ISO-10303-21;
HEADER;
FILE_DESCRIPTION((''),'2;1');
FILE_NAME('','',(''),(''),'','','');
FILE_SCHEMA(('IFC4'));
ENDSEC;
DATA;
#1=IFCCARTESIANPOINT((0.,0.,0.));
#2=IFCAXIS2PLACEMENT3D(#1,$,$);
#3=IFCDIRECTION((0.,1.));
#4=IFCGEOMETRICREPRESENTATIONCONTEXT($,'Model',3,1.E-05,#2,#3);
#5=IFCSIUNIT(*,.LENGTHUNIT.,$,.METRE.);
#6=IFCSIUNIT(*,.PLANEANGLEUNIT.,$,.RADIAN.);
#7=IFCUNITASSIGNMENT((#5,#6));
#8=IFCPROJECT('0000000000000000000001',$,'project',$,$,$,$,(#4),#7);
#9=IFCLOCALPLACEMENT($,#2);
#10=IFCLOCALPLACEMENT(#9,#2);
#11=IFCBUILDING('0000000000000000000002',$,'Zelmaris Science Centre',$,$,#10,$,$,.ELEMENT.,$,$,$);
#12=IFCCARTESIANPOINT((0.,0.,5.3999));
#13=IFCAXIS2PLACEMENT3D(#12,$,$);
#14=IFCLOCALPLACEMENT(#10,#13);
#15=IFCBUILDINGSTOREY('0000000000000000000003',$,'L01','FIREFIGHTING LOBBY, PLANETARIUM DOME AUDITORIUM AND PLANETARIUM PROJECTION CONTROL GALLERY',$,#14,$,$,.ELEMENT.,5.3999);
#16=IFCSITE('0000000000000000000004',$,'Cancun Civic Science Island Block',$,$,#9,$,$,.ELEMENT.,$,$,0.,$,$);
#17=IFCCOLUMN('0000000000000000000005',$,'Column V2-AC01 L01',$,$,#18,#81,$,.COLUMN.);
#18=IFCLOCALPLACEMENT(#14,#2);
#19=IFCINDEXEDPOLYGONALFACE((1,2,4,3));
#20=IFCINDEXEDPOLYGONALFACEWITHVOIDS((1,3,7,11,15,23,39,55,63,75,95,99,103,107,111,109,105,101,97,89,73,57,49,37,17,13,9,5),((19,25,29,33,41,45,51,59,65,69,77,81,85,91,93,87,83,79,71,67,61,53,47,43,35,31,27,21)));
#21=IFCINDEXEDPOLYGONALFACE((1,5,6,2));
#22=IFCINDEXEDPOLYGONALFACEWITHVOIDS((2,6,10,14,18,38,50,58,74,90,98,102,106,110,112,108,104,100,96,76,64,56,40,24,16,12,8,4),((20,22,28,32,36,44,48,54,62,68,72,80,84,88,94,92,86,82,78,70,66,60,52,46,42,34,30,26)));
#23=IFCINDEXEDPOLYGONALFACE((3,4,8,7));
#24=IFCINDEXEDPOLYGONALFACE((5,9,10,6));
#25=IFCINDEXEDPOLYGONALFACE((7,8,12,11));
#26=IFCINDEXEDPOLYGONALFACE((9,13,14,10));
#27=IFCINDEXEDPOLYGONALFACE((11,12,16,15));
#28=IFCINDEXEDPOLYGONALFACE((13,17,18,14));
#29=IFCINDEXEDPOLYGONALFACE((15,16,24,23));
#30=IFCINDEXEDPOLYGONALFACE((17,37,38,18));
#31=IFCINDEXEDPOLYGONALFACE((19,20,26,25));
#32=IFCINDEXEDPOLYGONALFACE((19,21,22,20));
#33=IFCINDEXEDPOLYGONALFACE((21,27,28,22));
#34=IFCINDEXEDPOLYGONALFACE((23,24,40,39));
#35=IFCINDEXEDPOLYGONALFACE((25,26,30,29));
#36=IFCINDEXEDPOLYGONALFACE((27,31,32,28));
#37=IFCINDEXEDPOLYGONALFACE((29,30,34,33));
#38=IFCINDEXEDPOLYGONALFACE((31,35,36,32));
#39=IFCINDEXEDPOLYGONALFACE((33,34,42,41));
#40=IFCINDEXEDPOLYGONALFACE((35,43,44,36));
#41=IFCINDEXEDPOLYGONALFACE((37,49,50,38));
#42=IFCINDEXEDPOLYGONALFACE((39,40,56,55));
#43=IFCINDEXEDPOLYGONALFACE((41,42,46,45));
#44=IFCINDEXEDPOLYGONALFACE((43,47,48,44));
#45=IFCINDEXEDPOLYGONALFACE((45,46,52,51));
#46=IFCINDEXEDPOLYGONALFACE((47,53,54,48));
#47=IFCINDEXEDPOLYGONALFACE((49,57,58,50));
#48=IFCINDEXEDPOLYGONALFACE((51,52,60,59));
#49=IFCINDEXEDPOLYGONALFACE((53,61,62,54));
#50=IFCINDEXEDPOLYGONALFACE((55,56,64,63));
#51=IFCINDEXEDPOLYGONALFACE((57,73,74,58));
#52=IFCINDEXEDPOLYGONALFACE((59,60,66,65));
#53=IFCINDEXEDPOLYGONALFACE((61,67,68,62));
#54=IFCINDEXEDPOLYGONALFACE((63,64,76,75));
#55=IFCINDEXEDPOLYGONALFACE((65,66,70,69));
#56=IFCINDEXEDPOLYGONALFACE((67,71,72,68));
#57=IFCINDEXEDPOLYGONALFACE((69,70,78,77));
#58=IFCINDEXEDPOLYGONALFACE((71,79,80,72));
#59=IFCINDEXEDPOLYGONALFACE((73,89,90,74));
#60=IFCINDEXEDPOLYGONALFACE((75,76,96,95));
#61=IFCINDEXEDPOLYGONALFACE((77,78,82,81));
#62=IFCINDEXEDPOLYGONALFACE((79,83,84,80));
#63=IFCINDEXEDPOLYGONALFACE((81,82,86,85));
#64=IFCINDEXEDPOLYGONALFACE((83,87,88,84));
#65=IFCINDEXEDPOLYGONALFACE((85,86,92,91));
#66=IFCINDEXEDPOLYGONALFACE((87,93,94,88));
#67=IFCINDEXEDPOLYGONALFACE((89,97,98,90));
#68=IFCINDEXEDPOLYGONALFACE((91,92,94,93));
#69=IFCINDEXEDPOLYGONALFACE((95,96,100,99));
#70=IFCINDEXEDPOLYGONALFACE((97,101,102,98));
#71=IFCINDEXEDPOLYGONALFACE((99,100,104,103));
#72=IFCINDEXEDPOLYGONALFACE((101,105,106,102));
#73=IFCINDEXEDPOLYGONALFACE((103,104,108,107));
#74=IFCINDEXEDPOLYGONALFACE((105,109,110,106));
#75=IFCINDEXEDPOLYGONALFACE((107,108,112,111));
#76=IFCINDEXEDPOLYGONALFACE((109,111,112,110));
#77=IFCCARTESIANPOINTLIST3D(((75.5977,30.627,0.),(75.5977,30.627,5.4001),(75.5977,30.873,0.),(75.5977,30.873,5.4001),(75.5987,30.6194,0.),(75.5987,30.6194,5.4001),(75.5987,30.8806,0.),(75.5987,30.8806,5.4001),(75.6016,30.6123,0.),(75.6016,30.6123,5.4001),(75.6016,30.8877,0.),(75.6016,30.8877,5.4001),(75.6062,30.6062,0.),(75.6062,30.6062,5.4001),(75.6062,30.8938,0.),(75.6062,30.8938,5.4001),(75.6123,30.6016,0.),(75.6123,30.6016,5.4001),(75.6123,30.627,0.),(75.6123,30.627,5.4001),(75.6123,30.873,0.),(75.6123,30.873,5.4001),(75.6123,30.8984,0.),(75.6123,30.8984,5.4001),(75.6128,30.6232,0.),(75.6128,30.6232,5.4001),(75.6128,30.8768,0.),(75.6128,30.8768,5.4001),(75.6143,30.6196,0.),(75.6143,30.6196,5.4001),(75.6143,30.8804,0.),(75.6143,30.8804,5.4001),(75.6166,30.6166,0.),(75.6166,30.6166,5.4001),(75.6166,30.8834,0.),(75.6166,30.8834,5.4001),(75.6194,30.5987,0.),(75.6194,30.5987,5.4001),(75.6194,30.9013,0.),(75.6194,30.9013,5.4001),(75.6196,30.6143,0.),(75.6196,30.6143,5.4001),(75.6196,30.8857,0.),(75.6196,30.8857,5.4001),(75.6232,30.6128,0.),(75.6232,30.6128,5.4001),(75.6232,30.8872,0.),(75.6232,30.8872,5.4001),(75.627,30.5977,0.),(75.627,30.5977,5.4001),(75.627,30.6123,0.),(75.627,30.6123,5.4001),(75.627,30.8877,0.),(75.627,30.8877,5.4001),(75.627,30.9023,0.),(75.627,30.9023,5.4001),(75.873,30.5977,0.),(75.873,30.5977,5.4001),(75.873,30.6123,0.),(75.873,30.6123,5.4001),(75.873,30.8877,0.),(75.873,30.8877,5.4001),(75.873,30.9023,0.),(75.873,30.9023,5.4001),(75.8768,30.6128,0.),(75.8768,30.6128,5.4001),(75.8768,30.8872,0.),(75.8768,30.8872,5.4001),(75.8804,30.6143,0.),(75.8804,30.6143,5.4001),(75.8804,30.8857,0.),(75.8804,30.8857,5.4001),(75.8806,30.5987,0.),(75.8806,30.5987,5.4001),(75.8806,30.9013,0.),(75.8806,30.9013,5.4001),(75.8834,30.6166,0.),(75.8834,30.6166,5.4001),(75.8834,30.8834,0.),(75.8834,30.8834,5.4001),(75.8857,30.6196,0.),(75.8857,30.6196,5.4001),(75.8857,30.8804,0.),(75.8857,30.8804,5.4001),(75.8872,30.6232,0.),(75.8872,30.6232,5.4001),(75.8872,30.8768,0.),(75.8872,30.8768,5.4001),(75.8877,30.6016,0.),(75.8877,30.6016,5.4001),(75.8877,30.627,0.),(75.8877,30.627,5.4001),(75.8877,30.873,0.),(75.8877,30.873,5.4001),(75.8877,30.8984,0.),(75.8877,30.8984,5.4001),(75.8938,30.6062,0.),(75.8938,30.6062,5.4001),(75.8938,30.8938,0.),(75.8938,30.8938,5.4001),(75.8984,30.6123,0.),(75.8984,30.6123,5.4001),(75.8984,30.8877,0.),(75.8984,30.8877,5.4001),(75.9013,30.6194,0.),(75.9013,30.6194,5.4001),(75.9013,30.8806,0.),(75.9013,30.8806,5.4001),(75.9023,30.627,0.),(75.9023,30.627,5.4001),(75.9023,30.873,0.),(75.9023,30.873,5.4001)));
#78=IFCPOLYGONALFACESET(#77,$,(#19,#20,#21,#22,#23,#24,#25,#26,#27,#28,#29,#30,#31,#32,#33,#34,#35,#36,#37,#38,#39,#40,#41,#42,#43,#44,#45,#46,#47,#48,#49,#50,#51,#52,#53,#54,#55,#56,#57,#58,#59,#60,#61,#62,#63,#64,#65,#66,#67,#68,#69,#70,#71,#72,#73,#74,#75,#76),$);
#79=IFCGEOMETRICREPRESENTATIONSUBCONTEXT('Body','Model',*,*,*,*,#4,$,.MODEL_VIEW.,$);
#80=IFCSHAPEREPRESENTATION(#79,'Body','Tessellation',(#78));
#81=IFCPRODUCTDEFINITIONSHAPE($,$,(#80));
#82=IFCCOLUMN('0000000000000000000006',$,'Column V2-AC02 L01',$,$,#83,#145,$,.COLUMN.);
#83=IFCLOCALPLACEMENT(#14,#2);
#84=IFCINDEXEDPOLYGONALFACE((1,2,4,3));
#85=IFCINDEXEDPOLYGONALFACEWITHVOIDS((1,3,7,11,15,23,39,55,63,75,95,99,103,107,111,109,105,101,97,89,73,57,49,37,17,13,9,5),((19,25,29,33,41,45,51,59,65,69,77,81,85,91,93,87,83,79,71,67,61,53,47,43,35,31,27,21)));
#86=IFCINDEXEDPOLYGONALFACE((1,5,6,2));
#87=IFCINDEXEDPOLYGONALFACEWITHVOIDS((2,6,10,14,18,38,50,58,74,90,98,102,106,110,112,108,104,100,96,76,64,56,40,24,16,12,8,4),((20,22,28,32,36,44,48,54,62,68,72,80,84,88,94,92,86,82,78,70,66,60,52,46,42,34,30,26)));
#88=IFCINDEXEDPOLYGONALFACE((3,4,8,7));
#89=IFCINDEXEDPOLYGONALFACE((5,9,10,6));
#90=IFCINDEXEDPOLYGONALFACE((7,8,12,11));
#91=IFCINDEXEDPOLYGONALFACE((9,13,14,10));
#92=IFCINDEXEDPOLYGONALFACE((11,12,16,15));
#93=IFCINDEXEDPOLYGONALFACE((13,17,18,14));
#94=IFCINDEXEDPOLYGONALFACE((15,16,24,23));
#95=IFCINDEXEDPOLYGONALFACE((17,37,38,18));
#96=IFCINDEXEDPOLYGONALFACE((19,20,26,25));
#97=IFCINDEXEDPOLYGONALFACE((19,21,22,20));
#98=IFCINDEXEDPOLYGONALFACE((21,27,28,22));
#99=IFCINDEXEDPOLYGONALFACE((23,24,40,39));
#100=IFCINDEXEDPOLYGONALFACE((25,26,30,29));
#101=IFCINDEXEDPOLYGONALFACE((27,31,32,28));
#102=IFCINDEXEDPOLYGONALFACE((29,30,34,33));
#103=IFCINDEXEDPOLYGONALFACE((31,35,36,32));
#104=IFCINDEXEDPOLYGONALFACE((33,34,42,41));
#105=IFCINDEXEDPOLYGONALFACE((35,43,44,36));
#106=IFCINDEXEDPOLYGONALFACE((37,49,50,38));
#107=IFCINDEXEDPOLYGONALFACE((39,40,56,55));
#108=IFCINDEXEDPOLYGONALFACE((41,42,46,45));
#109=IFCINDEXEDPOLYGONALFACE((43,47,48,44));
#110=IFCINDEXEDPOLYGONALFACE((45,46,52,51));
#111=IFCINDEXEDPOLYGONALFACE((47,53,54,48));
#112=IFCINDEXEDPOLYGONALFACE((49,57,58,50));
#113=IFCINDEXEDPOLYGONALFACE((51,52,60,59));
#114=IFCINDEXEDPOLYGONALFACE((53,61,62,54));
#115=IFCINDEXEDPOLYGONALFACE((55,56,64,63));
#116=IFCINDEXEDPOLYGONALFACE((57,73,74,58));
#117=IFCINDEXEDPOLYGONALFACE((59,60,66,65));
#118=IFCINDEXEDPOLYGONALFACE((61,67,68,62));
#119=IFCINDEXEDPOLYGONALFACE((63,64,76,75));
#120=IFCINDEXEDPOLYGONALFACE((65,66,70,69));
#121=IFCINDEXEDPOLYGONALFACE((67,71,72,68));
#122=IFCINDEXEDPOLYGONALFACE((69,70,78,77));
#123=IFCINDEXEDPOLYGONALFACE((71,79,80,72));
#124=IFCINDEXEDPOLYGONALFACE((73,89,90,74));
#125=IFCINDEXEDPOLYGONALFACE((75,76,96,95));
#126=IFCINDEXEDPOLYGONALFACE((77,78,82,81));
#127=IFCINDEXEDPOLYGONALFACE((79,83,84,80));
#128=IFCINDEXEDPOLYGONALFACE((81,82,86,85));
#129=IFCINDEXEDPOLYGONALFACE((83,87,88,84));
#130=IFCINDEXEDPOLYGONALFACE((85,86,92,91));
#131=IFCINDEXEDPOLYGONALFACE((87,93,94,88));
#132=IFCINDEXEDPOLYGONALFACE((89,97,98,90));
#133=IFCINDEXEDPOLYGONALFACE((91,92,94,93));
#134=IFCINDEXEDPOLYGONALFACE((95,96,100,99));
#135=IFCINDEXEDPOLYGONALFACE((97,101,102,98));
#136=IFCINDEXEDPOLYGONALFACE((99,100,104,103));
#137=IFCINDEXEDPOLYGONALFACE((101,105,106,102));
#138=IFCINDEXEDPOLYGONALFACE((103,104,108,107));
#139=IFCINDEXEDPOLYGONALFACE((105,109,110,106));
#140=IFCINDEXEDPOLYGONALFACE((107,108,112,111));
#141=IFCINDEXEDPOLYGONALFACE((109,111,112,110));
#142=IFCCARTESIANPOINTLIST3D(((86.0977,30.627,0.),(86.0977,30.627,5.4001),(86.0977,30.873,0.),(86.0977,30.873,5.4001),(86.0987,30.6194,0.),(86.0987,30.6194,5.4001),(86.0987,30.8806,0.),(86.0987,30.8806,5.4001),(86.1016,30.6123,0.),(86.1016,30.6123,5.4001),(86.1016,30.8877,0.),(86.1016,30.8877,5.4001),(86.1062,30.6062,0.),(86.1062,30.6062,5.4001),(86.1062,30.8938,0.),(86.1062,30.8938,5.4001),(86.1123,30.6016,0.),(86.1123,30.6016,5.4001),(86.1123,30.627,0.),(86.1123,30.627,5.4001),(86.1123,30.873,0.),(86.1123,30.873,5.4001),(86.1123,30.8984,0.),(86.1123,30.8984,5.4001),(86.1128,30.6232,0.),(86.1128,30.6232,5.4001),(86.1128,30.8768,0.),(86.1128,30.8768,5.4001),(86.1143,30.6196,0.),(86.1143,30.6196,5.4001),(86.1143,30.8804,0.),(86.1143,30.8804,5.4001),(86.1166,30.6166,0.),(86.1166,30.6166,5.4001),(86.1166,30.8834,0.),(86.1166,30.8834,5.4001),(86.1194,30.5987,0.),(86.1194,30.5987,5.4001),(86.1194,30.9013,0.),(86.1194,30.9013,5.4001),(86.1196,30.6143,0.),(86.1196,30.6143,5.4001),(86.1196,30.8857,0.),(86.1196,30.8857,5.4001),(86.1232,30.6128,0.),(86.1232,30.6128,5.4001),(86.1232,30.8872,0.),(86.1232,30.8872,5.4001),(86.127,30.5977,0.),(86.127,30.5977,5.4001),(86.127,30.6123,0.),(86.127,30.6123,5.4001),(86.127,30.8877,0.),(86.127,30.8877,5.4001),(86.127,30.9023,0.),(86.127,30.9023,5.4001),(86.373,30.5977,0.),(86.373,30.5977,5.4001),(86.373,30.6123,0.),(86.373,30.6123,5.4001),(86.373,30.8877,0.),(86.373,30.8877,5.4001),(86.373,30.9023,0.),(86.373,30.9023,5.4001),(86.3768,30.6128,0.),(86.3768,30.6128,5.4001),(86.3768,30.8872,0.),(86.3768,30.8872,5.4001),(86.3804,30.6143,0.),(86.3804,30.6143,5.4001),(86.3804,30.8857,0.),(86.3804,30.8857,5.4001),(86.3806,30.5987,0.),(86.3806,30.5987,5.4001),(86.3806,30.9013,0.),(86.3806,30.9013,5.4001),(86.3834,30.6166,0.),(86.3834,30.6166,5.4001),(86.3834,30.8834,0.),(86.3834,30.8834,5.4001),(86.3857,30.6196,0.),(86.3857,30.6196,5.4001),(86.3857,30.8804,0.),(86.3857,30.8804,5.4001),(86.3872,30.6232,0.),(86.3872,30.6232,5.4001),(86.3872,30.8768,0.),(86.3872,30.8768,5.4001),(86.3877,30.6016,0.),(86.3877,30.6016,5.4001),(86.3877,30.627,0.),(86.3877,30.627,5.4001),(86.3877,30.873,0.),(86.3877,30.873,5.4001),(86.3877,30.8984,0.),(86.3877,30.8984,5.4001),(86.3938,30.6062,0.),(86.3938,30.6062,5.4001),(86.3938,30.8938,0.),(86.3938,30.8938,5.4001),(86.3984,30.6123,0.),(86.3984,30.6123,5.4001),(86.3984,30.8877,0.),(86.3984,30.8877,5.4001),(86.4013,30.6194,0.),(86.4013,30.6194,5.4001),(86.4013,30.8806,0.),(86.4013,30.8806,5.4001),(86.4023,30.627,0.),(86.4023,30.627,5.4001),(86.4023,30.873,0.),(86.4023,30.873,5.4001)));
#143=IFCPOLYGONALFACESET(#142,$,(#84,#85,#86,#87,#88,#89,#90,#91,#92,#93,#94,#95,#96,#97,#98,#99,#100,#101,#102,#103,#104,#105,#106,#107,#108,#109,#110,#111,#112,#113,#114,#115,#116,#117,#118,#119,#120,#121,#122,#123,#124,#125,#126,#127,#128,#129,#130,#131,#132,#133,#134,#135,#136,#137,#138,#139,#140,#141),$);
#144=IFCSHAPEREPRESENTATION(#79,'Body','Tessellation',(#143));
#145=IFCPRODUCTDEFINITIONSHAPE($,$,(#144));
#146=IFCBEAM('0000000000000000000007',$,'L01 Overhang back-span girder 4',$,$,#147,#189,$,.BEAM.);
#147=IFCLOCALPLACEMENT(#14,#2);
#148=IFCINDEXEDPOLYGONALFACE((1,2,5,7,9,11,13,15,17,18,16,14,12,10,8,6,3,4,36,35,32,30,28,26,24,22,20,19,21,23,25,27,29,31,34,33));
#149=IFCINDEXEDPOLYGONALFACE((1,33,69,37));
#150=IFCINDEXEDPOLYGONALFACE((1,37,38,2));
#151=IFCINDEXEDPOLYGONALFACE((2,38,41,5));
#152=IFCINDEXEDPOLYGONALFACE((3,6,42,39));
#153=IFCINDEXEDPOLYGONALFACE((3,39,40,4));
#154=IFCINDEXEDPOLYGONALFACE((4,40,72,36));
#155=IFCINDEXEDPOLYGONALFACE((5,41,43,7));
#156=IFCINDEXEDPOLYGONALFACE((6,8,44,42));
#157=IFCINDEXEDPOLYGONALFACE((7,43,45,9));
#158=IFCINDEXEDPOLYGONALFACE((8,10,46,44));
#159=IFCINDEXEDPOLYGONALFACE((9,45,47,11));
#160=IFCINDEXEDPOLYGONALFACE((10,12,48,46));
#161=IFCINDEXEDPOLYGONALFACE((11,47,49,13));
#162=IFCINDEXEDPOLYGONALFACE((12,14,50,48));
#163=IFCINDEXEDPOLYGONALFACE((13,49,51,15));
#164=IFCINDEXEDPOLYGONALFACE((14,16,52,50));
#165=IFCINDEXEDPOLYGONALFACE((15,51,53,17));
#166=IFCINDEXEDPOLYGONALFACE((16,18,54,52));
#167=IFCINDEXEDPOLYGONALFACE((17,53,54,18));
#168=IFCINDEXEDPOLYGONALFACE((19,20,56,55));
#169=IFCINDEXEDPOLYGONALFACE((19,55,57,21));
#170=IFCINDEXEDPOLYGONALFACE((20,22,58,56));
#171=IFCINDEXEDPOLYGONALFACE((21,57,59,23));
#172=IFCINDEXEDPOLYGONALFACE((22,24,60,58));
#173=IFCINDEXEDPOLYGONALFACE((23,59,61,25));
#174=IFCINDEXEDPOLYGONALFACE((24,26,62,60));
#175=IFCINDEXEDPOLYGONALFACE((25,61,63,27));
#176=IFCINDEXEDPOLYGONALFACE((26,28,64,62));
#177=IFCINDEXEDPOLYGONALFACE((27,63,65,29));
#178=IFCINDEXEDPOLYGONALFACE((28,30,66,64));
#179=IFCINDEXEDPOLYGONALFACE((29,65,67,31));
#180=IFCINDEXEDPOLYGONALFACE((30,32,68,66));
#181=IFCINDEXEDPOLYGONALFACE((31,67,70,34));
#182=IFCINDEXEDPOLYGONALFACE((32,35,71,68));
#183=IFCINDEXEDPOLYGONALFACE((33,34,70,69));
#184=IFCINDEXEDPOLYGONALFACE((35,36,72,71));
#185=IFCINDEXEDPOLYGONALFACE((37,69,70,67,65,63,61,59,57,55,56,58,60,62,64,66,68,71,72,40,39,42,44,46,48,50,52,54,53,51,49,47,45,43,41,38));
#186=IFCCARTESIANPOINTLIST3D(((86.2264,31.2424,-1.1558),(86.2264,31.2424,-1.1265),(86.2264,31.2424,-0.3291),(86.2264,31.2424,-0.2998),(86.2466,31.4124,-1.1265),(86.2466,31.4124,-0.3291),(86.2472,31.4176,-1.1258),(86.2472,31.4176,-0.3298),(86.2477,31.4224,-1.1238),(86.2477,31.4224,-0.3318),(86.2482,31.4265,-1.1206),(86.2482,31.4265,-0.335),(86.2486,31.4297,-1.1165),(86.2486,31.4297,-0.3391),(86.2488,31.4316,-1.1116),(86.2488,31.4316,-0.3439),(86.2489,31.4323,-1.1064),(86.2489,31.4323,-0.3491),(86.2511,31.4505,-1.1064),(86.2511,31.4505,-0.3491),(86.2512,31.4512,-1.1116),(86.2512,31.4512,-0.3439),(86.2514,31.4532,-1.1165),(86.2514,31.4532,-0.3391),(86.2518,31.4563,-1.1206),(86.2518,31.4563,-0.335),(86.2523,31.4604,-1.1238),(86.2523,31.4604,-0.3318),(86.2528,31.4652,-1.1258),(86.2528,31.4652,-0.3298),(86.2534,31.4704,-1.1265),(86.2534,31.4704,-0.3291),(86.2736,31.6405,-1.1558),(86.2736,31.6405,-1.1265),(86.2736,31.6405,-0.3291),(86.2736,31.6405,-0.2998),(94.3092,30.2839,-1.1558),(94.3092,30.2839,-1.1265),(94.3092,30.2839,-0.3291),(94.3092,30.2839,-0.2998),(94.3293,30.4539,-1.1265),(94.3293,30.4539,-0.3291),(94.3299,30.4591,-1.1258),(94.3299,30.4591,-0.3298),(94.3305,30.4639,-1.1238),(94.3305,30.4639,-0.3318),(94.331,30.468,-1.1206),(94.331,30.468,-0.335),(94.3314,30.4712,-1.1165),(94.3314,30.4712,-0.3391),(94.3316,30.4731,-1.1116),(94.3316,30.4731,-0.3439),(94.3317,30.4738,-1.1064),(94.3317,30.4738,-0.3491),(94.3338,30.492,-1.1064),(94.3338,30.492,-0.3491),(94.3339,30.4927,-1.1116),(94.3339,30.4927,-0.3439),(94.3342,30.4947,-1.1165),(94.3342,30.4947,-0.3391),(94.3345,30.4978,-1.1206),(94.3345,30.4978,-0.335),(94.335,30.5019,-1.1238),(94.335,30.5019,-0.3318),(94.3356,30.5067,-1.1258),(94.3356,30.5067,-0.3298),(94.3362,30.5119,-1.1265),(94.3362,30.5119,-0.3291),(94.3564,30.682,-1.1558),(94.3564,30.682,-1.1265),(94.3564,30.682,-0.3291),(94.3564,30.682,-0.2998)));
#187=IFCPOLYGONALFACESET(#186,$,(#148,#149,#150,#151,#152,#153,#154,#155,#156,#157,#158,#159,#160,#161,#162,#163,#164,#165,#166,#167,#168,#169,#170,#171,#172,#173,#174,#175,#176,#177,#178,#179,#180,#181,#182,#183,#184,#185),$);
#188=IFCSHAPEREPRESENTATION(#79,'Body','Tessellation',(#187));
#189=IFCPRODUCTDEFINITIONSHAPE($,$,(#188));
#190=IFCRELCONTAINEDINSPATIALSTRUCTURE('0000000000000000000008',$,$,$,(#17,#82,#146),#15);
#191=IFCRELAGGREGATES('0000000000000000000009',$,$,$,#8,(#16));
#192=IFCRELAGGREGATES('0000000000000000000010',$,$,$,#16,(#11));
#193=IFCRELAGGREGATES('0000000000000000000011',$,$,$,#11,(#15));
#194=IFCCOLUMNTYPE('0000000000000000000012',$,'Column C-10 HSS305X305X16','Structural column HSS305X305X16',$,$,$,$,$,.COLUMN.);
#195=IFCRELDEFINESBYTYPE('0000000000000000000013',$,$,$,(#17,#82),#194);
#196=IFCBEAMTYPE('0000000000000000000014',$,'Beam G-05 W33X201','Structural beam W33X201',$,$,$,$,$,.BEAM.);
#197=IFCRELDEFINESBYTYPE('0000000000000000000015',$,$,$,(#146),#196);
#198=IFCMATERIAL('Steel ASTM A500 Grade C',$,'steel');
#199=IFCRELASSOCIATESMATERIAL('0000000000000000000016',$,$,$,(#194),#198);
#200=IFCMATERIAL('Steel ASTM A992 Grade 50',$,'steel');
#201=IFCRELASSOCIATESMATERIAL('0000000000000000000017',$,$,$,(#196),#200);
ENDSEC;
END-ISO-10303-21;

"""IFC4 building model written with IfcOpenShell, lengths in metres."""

from ifc_helpers import new_model, si_unit, direction, frame, origin, origin_2d, place, context, subcontext, project, spatial, hollow_rectangle, i_section, extrude, material, material_profile, profile_set, type_object, element, save


model = new_model("IFC4")

# Units and contexts
model_context = context("Model", 3, precision=1e-05, world=origin(), true_north=direction((0.0, 1.0)))
body_context = subcontext(model_context, "Body", "Model", "MODEL_VIEW")
ifc_project = project(units=[si_unit("LENGTHUNIT", "METRE"), si_unit("PLANEANGLEUNIT", "RADIAN")], contexts=[model_context])

# Site, building, storey
site_placement = place(None, origin())
site = spatial("IfcSite", under=ifc_project, at=site_placement, Name="Cancun Civic Science Island Block", CompositionType="ELEMENT", RefElevation=0.0)
building_placement = place(site_placement, origin())
building = spatial("IfcBuilding", under=site, at=building_placement, Name="Zelmaris Science Centre", CompositionType="ELEMENT")
storey_placement = place(building_placement, frame((0.0, 0.0, 5.3999)))
storey = spatial("IfcBuildingStorey", under=building, at=storey_placement, Name="L01", Description="FIREFIGHTING LOBBY, PLANETARIUM DOME AUDITORIUM AND PLANETARIUM PROJECTION CONTROL GALLERY", CompositionType="ELEMENT", Elevation=5.3999)

# Columns
ifc_material_1 = material(Name="Steel ASTM A500 Grade C", Category="steel")
ifc_material_profile_1 = material_profile(ifc_material_1, hollow_rectangle(XDim=0.3047, YDim=0.3047, WallThickness=0.0146, InnerFilletRadius=0.0146, OuterFilletRadius=0.0293, at=origin_2d()), Name="HSS305X305X16")
ifc_profile_set_1 = profile_set([ifc_material_profile_1], Name="Steel ASTM A500 Grade C")
column_type = type_object("IfcColumnType", Name="Column C-10 HSS305X305X16", Description="Structural column HSS305X305X16", PredefinedType="COLUMN", material=ifc_profile_set_1)
for number, where, z_axis, x_axis, name in (
    (1, (75.75, 30.75, 0.0), (0.0, 0.0, 1.0), (1.0, 0.0, 0.0), "Column V2-AC01 L01"),
    (2, (86.25, 30.75, 0.0), (0.0, 0.0, 1.0), (1.0, 0.0, 0.0), "Column V2-AC02 L01"),
):
    element("IfcColumn", number, at=place(storey_placement, frame(where, z_axis=z_axis, x_axis=x_axis)), inside=storey, type_object=column_type, Name=name, PredefinedType="COLUMN", context=body_context, shape_type="SweptSolid", body=[
        extrude(hollow_rectangle(XDim=0.3047, YDim=0.3047, WallThickness=0.0146, InnerFilletRadius=0.0146, OuterFilletRadius=0.0293, at=origin_2d()), origin(), (0.0, 0.0, 1.0), 5.4001),
    ])

# Beam
ifc_material_2 = material(Name="Steel ASTM A992 Grade 50", Category="steel")
ifc_material_profile_2 = material_profile(ifc_material_2, i_section(OverallWidth=0.4009, OverallDepth=0.856, WebThickness=0.0183, FlangeThickness=0.0293, FilletRadius=0.02, at=origin_2d()), Name="W33X201")
ifc_profile_set_2 = profile_set([ifc_material_profile_2], Name="Steel ASTM A992 Grade 50")
beam_type_1 = type_object("IfcBeamType", Name="Beam G-05 W33X201", Description="Structural beam W33X201", PredefinedType="BEAM", material=ifc_profile_set_2)
beam_1_placement = place(storey_placement, frame((86.25, 31.4414, -0.7278), z_axis=(0.993042, -0.11776, 0.0), x_axis=(0.11776, 0.993042, 0.0)))
element("IfcBeam", 3, at=beam_1_placement, inside=storey, type_object=beam_type_1, Name="L01 Overhang back-span girder 4", PredefinedType="BEAM", context=body_context, shape_type="SweptSolid", body=[
    extrude(i_section(OverallWidth=0.4009, OverallDepth=0.856, WebThickness=0.0183, FlangeThickness=0.0293, FilletRadius=0.02, at=origin_2d()), origin(), (0.0, 0.0, 1.0), 8.1394),
])

save(model, "model.ifc")
